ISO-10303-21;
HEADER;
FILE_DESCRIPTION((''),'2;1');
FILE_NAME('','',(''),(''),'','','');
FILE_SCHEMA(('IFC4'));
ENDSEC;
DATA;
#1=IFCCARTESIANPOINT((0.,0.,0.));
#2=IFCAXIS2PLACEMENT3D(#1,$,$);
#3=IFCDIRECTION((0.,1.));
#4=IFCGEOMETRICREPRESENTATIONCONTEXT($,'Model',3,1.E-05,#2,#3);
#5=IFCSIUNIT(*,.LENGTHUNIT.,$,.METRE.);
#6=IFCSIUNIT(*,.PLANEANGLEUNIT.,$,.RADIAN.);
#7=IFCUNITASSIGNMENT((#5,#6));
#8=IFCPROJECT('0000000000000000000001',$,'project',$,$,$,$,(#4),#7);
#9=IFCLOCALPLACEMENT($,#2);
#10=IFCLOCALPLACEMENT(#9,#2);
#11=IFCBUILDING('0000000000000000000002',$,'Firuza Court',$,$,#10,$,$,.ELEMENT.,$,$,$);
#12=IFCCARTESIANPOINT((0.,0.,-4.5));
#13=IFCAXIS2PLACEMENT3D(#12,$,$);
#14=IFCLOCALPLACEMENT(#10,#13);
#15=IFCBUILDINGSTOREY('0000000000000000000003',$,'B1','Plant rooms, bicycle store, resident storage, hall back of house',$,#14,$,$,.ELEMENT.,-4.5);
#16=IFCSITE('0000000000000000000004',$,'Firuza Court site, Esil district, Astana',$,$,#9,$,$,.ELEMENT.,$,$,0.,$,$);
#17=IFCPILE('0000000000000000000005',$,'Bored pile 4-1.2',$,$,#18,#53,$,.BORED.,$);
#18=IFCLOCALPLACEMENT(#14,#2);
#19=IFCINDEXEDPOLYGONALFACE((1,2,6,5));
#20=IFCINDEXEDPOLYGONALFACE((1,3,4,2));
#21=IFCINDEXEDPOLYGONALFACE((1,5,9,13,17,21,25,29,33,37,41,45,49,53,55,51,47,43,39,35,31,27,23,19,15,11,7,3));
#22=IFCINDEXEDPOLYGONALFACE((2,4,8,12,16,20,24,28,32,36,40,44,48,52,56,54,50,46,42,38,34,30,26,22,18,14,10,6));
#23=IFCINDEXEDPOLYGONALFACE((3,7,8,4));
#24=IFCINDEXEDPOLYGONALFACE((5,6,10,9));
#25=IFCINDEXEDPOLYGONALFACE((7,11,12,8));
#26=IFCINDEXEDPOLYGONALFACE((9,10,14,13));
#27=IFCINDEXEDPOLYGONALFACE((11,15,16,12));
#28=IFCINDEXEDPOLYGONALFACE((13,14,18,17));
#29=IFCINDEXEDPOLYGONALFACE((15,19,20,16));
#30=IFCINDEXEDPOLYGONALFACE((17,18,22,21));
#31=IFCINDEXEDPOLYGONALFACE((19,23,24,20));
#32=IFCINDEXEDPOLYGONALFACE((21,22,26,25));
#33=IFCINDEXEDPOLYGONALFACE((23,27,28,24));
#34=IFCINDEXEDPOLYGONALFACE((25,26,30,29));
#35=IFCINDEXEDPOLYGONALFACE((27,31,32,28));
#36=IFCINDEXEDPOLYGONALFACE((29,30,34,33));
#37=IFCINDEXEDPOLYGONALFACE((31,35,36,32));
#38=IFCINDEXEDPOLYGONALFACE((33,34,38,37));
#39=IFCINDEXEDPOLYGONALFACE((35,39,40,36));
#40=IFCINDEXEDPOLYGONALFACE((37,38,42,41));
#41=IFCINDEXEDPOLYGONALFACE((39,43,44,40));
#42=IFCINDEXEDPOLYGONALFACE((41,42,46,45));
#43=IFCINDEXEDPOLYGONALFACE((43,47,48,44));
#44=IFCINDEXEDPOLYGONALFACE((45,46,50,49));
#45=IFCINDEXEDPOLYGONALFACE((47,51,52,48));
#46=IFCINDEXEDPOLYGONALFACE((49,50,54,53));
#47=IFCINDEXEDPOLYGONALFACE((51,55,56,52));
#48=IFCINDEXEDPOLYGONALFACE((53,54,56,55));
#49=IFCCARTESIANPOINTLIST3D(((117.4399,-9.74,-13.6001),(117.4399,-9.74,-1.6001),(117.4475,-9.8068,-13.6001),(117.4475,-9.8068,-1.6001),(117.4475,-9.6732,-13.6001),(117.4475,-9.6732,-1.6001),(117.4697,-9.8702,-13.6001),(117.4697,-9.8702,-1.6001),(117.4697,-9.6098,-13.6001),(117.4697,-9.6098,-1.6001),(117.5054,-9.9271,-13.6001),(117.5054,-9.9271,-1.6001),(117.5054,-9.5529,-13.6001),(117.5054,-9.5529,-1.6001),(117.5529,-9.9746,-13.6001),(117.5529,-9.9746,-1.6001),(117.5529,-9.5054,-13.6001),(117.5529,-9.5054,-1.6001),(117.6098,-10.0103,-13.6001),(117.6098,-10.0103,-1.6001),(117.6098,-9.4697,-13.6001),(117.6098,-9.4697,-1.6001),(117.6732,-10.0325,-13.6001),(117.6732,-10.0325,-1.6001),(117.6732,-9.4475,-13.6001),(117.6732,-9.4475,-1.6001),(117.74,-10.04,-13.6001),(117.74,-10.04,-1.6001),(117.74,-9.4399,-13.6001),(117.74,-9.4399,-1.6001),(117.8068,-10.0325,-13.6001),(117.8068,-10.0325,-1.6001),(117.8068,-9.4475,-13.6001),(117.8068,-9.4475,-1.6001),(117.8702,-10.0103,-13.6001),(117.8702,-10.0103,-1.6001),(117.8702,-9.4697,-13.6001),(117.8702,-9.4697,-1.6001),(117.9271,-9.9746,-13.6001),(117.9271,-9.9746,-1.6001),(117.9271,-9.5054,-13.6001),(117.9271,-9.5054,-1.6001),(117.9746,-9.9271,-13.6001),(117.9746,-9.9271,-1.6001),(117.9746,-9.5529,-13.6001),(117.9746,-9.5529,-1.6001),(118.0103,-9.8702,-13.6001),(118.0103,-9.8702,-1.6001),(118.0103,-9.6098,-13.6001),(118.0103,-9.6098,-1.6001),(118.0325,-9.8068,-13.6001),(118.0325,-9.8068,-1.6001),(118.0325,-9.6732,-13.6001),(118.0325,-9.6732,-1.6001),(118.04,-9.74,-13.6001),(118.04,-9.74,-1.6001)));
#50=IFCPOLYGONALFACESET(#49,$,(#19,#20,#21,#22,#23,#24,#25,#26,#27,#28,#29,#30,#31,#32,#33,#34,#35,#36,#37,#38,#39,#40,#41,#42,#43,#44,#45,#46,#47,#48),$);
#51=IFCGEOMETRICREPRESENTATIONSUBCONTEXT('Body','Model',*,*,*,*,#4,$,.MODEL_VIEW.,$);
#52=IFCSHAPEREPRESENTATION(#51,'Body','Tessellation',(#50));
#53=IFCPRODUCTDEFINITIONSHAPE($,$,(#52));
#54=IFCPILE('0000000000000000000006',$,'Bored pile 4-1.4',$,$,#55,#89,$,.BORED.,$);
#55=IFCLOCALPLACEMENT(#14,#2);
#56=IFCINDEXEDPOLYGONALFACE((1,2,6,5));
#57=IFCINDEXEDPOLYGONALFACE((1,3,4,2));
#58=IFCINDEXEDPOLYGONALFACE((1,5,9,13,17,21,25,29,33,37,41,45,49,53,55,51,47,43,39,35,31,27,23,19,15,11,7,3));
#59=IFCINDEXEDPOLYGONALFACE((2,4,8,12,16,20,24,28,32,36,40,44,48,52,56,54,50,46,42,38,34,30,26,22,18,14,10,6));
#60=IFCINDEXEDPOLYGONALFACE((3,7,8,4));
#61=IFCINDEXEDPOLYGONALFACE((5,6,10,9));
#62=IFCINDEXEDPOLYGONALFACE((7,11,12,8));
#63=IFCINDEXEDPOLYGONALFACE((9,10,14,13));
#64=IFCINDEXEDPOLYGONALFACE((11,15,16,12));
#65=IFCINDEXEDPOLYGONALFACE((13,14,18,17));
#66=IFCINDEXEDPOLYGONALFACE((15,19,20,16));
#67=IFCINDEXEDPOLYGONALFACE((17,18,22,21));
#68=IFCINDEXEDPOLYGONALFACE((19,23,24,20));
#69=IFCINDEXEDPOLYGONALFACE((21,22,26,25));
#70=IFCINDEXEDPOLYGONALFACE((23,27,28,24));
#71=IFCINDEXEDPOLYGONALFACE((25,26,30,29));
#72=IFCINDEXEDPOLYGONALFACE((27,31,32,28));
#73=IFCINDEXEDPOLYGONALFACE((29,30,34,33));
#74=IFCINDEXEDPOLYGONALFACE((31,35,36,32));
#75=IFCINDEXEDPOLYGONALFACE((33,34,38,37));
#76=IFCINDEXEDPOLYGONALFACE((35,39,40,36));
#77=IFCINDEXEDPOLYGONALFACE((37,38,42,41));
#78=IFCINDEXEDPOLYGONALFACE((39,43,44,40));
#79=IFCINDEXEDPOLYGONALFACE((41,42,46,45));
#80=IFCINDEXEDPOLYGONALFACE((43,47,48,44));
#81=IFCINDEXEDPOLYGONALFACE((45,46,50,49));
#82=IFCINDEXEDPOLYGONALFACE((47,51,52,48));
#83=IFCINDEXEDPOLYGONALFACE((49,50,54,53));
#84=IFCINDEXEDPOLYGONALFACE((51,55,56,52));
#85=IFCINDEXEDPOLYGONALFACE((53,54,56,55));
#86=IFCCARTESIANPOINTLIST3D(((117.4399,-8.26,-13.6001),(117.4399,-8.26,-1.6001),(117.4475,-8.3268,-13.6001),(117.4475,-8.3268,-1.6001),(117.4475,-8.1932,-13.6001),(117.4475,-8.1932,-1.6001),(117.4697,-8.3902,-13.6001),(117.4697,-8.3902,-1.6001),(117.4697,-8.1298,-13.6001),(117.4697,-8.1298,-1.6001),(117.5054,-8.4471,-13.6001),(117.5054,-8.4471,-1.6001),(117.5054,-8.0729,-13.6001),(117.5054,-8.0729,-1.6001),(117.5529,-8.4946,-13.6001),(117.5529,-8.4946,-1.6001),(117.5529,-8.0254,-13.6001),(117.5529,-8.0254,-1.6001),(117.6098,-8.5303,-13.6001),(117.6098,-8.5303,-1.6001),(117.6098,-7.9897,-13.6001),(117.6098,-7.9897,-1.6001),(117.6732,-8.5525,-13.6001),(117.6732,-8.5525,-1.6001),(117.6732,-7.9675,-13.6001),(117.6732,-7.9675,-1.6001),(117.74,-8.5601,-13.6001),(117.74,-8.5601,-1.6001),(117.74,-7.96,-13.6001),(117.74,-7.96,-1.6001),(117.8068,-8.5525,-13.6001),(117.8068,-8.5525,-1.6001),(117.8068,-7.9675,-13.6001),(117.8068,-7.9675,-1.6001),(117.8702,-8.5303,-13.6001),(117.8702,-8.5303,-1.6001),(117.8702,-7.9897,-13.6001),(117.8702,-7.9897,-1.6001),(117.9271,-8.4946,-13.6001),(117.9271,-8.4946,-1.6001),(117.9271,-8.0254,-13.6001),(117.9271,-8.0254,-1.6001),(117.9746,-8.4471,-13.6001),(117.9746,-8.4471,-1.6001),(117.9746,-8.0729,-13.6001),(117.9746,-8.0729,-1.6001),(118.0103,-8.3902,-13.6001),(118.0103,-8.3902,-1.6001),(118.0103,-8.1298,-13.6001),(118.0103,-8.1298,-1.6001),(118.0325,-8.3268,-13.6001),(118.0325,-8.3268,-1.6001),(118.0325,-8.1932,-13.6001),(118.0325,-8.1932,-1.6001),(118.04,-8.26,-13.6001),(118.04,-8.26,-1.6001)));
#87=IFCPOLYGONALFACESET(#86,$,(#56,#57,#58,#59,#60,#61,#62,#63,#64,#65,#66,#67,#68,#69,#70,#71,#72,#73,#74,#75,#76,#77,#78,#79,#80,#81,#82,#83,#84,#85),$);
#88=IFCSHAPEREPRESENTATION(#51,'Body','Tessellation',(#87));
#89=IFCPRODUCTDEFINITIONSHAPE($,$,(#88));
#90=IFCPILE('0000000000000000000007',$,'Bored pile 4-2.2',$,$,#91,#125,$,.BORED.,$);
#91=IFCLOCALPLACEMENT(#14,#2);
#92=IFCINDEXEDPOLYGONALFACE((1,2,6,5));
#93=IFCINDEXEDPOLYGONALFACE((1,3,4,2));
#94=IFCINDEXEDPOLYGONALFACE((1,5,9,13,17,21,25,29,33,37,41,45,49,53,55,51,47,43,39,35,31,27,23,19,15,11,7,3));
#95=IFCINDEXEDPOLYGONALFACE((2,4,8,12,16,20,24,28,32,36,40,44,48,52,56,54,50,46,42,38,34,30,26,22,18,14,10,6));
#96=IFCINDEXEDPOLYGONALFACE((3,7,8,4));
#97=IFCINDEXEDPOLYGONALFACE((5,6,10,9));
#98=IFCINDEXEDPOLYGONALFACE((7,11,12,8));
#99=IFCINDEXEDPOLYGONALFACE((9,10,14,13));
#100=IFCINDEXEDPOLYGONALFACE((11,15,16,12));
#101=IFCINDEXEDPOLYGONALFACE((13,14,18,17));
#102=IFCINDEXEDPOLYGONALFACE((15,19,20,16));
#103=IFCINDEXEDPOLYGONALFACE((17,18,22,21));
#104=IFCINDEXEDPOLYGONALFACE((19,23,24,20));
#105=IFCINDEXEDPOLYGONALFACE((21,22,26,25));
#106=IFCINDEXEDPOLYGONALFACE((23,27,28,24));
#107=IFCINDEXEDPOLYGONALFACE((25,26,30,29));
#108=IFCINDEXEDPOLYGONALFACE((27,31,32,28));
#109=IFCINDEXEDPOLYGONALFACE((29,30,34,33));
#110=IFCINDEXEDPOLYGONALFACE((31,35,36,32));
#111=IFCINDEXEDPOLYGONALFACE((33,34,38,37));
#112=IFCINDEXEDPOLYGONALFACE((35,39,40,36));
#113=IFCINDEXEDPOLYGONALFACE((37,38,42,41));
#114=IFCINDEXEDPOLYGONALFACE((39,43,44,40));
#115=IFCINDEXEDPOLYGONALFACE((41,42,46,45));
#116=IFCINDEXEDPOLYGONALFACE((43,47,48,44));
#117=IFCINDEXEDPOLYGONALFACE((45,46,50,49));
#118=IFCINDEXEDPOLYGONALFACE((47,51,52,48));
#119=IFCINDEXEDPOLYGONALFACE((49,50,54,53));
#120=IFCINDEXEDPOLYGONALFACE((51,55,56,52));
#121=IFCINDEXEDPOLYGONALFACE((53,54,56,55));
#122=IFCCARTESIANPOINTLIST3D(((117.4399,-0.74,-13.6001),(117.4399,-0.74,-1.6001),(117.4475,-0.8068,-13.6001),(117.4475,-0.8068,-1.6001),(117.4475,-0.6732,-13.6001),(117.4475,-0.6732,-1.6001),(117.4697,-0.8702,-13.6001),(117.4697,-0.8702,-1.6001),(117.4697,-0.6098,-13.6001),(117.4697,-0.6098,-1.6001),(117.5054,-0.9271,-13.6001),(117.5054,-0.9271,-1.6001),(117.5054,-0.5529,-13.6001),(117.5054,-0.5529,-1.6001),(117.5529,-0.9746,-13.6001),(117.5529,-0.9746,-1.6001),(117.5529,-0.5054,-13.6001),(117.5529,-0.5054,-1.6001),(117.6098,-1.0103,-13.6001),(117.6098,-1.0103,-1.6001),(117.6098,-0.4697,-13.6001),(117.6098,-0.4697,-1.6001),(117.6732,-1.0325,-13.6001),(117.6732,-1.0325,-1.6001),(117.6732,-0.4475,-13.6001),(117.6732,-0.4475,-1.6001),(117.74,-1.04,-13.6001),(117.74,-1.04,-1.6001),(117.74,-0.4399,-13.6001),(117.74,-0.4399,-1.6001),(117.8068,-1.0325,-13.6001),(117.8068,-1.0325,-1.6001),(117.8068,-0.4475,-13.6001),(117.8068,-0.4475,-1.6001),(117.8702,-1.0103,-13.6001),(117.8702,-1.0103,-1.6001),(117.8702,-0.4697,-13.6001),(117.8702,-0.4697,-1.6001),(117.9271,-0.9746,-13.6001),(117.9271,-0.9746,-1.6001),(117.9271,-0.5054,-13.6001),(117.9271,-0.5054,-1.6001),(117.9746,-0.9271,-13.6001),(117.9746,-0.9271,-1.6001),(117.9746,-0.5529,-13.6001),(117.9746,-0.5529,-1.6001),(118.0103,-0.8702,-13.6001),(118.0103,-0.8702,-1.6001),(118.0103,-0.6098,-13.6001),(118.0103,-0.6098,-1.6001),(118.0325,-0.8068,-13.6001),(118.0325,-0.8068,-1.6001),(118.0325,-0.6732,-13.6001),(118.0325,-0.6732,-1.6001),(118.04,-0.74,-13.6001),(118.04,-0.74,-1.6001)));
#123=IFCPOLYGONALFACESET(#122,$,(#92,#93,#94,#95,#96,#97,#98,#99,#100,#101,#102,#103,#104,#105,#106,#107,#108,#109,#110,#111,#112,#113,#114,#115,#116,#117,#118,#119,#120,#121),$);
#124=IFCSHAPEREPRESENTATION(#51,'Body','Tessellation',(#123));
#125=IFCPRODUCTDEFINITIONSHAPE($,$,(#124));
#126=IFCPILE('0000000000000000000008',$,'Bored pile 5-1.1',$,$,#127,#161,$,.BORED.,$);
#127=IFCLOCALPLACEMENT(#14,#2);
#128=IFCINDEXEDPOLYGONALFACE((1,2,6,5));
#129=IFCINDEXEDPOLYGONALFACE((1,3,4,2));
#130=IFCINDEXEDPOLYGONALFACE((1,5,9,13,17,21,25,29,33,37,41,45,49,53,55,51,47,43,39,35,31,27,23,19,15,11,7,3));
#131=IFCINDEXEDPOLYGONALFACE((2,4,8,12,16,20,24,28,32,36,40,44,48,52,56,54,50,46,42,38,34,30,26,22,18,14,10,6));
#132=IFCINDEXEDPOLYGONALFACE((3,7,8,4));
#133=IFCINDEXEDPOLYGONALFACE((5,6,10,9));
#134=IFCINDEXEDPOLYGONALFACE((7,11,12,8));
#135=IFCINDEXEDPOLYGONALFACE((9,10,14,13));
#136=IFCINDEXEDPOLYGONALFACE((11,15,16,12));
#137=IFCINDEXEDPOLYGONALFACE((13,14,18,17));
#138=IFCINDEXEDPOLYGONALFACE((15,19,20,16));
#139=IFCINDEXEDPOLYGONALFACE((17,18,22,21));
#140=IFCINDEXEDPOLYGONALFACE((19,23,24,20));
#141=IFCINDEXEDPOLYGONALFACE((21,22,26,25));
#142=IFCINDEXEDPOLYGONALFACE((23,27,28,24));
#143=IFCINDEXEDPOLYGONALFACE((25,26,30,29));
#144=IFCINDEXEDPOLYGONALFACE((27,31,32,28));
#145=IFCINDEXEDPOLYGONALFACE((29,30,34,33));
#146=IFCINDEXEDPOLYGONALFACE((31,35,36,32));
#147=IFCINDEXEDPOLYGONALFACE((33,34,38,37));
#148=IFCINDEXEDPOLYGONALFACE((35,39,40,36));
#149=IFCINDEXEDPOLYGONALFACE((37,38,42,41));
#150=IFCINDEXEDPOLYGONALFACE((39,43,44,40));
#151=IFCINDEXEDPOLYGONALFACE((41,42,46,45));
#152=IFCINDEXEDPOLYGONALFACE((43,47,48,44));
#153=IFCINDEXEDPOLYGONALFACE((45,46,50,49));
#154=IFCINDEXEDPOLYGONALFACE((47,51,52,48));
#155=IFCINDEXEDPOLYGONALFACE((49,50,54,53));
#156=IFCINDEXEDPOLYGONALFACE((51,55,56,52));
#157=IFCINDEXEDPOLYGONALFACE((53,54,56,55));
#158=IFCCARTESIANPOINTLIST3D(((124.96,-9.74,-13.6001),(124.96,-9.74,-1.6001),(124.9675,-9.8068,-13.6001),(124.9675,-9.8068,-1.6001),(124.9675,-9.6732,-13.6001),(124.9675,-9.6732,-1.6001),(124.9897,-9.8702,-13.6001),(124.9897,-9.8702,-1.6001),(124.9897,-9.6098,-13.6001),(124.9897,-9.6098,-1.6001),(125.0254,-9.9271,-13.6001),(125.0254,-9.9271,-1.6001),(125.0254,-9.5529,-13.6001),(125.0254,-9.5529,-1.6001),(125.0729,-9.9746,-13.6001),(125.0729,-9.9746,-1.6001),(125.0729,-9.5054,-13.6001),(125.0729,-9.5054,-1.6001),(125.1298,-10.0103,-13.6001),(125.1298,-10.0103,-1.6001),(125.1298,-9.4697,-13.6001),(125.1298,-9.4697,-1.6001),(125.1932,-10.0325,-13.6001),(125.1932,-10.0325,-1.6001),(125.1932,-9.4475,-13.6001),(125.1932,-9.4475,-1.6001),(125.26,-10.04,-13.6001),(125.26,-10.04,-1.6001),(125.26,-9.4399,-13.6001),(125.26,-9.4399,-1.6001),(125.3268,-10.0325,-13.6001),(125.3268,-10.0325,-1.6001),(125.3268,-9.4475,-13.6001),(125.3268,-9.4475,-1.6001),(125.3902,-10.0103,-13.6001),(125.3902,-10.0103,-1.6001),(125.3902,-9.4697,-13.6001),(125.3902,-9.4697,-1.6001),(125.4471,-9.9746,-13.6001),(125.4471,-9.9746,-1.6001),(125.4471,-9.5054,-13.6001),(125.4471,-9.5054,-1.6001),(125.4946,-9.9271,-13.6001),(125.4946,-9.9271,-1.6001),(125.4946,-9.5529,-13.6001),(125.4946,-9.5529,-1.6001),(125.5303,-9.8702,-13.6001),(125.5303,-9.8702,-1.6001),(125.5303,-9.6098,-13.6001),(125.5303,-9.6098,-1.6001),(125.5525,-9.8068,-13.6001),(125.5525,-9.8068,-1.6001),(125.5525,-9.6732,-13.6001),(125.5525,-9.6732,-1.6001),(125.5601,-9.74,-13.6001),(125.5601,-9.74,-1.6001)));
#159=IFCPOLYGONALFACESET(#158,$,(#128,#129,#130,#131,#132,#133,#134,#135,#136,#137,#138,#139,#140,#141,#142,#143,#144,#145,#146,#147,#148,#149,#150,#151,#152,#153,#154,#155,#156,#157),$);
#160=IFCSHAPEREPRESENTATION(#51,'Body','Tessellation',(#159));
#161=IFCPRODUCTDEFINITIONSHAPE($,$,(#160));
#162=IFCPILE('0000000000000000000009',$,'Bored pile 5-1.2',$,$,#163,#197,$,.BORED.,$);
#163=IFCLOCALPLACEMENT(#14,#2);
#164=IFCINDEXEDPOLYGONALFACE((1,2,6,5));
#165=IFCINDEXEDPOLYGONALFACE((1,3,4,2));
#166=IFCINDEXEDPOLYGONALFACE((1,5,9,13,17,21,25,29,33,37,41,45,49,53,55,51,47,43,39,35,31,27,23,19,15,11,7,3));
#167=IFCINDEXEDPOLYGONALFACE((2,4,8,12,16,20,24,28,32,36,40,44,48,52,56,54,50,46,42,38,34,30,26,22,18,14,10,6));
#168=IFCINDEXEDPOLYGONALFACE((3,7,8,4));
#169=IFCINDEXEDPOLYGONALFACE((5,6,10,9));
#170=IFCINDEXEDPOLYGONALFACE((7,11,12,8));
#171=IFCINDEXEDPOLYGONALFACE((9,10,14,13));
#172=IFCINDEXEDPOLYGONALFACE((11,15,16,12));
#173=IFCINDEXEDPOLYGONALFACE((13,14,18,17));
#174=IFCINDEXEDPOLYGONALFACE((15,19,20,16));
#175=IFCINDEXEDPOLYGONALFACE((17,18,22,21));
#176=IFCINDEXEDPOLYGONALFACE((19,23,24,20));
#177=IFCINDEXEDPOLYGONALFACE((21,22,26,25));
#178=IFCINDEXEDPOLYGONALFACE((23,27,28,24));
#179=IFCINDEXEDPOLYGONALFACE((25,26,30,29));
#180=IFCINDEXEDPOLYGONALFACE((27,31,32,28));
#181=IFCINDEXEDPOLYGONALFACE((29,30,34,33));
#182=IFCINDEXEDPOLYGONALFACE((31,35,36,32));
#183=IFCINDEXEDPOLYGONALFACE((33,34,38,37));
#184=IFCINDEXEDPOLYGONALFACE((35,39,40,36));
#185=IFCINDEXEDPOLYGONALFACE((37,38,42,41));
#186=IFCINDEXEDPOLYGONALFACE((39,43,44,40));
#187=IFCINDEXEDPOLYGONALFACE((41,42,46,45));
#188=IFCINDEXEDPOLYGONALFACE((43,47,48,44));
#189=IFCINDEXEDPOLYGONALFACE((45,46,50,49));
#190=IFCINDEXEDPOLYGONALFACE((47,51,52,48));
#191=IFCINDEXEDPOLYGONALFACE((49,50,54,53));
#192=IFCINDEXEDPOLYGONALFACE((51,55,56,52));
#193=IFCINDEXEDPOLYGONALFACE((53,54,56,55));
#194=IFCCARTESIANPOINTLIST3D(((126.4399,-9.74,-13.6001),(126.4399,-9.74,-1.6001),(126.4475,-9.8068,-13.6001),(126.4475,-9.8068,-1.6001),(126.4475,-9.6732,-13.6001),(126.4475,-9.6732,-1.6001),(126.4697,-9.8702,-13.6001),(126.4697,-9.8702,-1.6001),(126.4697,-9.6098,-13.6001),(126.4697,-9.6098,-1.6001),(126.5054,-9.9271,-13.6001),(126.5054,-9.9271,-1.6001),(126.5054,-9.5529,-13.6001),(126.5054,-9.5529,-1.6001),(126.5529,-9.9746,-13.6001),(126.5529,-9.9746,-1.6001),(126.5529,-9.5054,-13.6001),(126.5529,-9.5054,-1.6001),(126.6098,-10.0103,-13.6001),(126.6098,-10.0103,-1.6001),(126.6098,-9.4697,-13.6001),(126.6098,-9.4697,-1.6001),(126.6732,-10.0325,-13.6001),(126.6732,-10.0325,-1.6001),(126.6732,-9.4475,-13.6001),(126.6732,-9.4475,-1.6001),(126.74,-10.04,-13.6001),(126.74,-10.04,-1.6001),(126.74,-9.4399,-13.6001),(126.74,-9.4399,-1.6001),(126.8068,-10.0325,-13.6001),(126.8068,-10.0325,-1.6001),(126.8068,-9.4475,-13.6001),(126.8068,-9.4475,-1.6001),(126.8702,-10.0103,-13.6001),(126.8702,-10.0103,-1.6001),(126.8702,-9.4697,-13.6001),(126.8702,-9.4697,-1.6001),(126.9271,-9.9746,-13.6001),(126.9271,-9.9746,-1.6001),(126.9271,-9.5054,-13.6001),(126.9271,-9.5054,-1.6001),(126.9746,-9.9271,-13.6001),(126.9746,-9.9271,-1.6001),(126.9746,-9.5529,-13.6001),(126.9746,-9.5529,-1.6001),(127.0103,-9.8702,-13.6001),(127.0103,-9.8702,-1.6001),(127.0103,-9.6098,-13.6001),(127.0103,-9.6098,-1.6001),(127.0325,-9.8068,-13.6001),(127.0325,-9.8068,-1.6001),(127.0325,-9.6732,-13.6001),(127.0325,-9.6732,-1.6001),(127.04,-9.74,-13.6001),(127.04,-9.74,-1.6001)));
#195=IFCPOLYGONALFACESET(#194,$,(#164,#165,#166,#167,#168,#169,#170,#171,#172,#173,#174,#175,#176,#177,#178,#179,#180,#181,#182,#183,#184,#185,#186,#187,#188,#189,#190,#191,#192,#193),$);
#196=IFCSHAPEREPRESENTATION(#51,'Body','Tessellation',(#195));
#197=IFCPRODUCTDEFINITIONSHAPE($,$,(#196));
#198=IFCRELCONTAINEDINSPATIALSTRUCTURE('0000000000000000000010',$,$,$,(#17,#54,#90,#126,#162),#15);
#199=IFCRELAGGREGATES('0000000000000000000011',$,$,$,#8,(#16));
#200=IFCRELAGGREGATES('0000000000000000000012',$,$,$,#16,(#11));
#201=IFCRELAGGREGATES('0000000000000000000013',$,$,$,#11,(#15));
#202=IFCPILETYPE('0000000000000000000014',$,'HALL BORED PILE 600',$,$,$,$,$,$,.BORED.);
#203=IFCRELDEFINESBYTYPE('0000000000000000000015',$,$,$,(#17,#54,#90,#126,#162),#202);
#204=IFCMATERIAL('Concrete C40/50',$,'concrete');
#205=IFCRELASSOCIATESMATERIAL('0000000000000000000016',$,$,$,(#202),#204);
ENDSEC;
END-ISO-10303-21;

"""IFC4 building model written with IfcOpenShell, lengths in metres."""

from ifc_helpers import new_model, si_unit, direction, frame, origin, origin_2d, place, context, subcontext, project, spatial, circle, extrude, material, material_profile, profile_set, type_object, element, save


model = new_model("IFC4")

# Units and contexts
model_context = context("Model", 3, precision=1e-05, world=origin(), true_north=direction((0.0, 1.0)))
body_context = subcontext(model_context, "Body", "Model", "MODEL_VIEW")
ifc_project = project(units=[si_unit("LENGTHUNIT", "METRE"), si_unit("PLANEANGLEUNIT", "RADIAN")], contexts=[model_context])

# Site, building, storey
site_placement = place(None, origin())
site = spatial("IfcSite", under=ifc_project, at=site_placement, Name="Firuza Court site, Esil district, Astana", CompositionType="ELEMENT", RefElevation=0.0)
building_placement = place(site_placement, origin())
building = spatial("IfcBuilding", under=site, at=building_placement, Name="Firuza Court", CompositionType="ELEMENT")
storey_placement = place(building_placement, frame((0.0, 0.0, -4.5)))
storey = spatial("IfcBuildingStorey", under=building, at=storey_placement, Name="B1", Description="Plant rooms, bicycle store, resident storage, hall back of house", CompositionType="ELEMENT", Elevation=-4.5)

# Piles
ifc_material_1 = material(Name="Concrete C40/50", Category="concrete")
ifc_material_profile_1 = material_profile(ifc_material_1, circle(Radius=0.3, at=origin_2d()), Name="PILE 600")
ifc_profile_set_1 = profile_set([ifc_material_profile_1], Name="Concrete C40/50")
pile_type = type_object("IfcPileType", Name="HALL BORED PILE 600", PredefinedType="BORED", material=ifc_profile_set_1)
for number, where, z_axis, x_axis, name in (
    (1, (117.74, -9.74, -1.6001), (0.0, 0.0, -1.0), (1.0, 0.0, 0.0), "Bored pile 4-1.2"),
    (2, (117.74, -8.26, -1.6001), (0.0, 0.0, -1.0), (1.0, 0.0, 0.0), "Bored pile 4-1.4"),
    (3, (117.74, -0.74, -1.6001), (0.0, 0.0, -1.0), (1.0, 0.0, 0.0), "Bored pile 4-2.2"),
    (4, (125.26, -9.74, -1.6001), (0.0, 0.0, -1.0), (1.0, 0.0, 0.0), "Bored pile 5-1.1"),
    (5, (126.74, -9.74, -1.6001), (0.0, 0.0, -1.0), (1.0, 0.0, 0.0), "Bored pile 5-1.2"),
):
    element("IfcPile", number, at=place(storey_placement, frame(where, z_axis=z_axis, x_axis=x_axis)), inside=storey, type_object=pile_type, Name=name, PredefinedType="BORED", context=body_context, shape_type="SweptSolid", body=[
        extrude(circle(Radius=0.3, at=origin_2d()), origin(), (0.0, 0.0, 1.0), 12.0),
    ])

save(model, "model.ifc")
